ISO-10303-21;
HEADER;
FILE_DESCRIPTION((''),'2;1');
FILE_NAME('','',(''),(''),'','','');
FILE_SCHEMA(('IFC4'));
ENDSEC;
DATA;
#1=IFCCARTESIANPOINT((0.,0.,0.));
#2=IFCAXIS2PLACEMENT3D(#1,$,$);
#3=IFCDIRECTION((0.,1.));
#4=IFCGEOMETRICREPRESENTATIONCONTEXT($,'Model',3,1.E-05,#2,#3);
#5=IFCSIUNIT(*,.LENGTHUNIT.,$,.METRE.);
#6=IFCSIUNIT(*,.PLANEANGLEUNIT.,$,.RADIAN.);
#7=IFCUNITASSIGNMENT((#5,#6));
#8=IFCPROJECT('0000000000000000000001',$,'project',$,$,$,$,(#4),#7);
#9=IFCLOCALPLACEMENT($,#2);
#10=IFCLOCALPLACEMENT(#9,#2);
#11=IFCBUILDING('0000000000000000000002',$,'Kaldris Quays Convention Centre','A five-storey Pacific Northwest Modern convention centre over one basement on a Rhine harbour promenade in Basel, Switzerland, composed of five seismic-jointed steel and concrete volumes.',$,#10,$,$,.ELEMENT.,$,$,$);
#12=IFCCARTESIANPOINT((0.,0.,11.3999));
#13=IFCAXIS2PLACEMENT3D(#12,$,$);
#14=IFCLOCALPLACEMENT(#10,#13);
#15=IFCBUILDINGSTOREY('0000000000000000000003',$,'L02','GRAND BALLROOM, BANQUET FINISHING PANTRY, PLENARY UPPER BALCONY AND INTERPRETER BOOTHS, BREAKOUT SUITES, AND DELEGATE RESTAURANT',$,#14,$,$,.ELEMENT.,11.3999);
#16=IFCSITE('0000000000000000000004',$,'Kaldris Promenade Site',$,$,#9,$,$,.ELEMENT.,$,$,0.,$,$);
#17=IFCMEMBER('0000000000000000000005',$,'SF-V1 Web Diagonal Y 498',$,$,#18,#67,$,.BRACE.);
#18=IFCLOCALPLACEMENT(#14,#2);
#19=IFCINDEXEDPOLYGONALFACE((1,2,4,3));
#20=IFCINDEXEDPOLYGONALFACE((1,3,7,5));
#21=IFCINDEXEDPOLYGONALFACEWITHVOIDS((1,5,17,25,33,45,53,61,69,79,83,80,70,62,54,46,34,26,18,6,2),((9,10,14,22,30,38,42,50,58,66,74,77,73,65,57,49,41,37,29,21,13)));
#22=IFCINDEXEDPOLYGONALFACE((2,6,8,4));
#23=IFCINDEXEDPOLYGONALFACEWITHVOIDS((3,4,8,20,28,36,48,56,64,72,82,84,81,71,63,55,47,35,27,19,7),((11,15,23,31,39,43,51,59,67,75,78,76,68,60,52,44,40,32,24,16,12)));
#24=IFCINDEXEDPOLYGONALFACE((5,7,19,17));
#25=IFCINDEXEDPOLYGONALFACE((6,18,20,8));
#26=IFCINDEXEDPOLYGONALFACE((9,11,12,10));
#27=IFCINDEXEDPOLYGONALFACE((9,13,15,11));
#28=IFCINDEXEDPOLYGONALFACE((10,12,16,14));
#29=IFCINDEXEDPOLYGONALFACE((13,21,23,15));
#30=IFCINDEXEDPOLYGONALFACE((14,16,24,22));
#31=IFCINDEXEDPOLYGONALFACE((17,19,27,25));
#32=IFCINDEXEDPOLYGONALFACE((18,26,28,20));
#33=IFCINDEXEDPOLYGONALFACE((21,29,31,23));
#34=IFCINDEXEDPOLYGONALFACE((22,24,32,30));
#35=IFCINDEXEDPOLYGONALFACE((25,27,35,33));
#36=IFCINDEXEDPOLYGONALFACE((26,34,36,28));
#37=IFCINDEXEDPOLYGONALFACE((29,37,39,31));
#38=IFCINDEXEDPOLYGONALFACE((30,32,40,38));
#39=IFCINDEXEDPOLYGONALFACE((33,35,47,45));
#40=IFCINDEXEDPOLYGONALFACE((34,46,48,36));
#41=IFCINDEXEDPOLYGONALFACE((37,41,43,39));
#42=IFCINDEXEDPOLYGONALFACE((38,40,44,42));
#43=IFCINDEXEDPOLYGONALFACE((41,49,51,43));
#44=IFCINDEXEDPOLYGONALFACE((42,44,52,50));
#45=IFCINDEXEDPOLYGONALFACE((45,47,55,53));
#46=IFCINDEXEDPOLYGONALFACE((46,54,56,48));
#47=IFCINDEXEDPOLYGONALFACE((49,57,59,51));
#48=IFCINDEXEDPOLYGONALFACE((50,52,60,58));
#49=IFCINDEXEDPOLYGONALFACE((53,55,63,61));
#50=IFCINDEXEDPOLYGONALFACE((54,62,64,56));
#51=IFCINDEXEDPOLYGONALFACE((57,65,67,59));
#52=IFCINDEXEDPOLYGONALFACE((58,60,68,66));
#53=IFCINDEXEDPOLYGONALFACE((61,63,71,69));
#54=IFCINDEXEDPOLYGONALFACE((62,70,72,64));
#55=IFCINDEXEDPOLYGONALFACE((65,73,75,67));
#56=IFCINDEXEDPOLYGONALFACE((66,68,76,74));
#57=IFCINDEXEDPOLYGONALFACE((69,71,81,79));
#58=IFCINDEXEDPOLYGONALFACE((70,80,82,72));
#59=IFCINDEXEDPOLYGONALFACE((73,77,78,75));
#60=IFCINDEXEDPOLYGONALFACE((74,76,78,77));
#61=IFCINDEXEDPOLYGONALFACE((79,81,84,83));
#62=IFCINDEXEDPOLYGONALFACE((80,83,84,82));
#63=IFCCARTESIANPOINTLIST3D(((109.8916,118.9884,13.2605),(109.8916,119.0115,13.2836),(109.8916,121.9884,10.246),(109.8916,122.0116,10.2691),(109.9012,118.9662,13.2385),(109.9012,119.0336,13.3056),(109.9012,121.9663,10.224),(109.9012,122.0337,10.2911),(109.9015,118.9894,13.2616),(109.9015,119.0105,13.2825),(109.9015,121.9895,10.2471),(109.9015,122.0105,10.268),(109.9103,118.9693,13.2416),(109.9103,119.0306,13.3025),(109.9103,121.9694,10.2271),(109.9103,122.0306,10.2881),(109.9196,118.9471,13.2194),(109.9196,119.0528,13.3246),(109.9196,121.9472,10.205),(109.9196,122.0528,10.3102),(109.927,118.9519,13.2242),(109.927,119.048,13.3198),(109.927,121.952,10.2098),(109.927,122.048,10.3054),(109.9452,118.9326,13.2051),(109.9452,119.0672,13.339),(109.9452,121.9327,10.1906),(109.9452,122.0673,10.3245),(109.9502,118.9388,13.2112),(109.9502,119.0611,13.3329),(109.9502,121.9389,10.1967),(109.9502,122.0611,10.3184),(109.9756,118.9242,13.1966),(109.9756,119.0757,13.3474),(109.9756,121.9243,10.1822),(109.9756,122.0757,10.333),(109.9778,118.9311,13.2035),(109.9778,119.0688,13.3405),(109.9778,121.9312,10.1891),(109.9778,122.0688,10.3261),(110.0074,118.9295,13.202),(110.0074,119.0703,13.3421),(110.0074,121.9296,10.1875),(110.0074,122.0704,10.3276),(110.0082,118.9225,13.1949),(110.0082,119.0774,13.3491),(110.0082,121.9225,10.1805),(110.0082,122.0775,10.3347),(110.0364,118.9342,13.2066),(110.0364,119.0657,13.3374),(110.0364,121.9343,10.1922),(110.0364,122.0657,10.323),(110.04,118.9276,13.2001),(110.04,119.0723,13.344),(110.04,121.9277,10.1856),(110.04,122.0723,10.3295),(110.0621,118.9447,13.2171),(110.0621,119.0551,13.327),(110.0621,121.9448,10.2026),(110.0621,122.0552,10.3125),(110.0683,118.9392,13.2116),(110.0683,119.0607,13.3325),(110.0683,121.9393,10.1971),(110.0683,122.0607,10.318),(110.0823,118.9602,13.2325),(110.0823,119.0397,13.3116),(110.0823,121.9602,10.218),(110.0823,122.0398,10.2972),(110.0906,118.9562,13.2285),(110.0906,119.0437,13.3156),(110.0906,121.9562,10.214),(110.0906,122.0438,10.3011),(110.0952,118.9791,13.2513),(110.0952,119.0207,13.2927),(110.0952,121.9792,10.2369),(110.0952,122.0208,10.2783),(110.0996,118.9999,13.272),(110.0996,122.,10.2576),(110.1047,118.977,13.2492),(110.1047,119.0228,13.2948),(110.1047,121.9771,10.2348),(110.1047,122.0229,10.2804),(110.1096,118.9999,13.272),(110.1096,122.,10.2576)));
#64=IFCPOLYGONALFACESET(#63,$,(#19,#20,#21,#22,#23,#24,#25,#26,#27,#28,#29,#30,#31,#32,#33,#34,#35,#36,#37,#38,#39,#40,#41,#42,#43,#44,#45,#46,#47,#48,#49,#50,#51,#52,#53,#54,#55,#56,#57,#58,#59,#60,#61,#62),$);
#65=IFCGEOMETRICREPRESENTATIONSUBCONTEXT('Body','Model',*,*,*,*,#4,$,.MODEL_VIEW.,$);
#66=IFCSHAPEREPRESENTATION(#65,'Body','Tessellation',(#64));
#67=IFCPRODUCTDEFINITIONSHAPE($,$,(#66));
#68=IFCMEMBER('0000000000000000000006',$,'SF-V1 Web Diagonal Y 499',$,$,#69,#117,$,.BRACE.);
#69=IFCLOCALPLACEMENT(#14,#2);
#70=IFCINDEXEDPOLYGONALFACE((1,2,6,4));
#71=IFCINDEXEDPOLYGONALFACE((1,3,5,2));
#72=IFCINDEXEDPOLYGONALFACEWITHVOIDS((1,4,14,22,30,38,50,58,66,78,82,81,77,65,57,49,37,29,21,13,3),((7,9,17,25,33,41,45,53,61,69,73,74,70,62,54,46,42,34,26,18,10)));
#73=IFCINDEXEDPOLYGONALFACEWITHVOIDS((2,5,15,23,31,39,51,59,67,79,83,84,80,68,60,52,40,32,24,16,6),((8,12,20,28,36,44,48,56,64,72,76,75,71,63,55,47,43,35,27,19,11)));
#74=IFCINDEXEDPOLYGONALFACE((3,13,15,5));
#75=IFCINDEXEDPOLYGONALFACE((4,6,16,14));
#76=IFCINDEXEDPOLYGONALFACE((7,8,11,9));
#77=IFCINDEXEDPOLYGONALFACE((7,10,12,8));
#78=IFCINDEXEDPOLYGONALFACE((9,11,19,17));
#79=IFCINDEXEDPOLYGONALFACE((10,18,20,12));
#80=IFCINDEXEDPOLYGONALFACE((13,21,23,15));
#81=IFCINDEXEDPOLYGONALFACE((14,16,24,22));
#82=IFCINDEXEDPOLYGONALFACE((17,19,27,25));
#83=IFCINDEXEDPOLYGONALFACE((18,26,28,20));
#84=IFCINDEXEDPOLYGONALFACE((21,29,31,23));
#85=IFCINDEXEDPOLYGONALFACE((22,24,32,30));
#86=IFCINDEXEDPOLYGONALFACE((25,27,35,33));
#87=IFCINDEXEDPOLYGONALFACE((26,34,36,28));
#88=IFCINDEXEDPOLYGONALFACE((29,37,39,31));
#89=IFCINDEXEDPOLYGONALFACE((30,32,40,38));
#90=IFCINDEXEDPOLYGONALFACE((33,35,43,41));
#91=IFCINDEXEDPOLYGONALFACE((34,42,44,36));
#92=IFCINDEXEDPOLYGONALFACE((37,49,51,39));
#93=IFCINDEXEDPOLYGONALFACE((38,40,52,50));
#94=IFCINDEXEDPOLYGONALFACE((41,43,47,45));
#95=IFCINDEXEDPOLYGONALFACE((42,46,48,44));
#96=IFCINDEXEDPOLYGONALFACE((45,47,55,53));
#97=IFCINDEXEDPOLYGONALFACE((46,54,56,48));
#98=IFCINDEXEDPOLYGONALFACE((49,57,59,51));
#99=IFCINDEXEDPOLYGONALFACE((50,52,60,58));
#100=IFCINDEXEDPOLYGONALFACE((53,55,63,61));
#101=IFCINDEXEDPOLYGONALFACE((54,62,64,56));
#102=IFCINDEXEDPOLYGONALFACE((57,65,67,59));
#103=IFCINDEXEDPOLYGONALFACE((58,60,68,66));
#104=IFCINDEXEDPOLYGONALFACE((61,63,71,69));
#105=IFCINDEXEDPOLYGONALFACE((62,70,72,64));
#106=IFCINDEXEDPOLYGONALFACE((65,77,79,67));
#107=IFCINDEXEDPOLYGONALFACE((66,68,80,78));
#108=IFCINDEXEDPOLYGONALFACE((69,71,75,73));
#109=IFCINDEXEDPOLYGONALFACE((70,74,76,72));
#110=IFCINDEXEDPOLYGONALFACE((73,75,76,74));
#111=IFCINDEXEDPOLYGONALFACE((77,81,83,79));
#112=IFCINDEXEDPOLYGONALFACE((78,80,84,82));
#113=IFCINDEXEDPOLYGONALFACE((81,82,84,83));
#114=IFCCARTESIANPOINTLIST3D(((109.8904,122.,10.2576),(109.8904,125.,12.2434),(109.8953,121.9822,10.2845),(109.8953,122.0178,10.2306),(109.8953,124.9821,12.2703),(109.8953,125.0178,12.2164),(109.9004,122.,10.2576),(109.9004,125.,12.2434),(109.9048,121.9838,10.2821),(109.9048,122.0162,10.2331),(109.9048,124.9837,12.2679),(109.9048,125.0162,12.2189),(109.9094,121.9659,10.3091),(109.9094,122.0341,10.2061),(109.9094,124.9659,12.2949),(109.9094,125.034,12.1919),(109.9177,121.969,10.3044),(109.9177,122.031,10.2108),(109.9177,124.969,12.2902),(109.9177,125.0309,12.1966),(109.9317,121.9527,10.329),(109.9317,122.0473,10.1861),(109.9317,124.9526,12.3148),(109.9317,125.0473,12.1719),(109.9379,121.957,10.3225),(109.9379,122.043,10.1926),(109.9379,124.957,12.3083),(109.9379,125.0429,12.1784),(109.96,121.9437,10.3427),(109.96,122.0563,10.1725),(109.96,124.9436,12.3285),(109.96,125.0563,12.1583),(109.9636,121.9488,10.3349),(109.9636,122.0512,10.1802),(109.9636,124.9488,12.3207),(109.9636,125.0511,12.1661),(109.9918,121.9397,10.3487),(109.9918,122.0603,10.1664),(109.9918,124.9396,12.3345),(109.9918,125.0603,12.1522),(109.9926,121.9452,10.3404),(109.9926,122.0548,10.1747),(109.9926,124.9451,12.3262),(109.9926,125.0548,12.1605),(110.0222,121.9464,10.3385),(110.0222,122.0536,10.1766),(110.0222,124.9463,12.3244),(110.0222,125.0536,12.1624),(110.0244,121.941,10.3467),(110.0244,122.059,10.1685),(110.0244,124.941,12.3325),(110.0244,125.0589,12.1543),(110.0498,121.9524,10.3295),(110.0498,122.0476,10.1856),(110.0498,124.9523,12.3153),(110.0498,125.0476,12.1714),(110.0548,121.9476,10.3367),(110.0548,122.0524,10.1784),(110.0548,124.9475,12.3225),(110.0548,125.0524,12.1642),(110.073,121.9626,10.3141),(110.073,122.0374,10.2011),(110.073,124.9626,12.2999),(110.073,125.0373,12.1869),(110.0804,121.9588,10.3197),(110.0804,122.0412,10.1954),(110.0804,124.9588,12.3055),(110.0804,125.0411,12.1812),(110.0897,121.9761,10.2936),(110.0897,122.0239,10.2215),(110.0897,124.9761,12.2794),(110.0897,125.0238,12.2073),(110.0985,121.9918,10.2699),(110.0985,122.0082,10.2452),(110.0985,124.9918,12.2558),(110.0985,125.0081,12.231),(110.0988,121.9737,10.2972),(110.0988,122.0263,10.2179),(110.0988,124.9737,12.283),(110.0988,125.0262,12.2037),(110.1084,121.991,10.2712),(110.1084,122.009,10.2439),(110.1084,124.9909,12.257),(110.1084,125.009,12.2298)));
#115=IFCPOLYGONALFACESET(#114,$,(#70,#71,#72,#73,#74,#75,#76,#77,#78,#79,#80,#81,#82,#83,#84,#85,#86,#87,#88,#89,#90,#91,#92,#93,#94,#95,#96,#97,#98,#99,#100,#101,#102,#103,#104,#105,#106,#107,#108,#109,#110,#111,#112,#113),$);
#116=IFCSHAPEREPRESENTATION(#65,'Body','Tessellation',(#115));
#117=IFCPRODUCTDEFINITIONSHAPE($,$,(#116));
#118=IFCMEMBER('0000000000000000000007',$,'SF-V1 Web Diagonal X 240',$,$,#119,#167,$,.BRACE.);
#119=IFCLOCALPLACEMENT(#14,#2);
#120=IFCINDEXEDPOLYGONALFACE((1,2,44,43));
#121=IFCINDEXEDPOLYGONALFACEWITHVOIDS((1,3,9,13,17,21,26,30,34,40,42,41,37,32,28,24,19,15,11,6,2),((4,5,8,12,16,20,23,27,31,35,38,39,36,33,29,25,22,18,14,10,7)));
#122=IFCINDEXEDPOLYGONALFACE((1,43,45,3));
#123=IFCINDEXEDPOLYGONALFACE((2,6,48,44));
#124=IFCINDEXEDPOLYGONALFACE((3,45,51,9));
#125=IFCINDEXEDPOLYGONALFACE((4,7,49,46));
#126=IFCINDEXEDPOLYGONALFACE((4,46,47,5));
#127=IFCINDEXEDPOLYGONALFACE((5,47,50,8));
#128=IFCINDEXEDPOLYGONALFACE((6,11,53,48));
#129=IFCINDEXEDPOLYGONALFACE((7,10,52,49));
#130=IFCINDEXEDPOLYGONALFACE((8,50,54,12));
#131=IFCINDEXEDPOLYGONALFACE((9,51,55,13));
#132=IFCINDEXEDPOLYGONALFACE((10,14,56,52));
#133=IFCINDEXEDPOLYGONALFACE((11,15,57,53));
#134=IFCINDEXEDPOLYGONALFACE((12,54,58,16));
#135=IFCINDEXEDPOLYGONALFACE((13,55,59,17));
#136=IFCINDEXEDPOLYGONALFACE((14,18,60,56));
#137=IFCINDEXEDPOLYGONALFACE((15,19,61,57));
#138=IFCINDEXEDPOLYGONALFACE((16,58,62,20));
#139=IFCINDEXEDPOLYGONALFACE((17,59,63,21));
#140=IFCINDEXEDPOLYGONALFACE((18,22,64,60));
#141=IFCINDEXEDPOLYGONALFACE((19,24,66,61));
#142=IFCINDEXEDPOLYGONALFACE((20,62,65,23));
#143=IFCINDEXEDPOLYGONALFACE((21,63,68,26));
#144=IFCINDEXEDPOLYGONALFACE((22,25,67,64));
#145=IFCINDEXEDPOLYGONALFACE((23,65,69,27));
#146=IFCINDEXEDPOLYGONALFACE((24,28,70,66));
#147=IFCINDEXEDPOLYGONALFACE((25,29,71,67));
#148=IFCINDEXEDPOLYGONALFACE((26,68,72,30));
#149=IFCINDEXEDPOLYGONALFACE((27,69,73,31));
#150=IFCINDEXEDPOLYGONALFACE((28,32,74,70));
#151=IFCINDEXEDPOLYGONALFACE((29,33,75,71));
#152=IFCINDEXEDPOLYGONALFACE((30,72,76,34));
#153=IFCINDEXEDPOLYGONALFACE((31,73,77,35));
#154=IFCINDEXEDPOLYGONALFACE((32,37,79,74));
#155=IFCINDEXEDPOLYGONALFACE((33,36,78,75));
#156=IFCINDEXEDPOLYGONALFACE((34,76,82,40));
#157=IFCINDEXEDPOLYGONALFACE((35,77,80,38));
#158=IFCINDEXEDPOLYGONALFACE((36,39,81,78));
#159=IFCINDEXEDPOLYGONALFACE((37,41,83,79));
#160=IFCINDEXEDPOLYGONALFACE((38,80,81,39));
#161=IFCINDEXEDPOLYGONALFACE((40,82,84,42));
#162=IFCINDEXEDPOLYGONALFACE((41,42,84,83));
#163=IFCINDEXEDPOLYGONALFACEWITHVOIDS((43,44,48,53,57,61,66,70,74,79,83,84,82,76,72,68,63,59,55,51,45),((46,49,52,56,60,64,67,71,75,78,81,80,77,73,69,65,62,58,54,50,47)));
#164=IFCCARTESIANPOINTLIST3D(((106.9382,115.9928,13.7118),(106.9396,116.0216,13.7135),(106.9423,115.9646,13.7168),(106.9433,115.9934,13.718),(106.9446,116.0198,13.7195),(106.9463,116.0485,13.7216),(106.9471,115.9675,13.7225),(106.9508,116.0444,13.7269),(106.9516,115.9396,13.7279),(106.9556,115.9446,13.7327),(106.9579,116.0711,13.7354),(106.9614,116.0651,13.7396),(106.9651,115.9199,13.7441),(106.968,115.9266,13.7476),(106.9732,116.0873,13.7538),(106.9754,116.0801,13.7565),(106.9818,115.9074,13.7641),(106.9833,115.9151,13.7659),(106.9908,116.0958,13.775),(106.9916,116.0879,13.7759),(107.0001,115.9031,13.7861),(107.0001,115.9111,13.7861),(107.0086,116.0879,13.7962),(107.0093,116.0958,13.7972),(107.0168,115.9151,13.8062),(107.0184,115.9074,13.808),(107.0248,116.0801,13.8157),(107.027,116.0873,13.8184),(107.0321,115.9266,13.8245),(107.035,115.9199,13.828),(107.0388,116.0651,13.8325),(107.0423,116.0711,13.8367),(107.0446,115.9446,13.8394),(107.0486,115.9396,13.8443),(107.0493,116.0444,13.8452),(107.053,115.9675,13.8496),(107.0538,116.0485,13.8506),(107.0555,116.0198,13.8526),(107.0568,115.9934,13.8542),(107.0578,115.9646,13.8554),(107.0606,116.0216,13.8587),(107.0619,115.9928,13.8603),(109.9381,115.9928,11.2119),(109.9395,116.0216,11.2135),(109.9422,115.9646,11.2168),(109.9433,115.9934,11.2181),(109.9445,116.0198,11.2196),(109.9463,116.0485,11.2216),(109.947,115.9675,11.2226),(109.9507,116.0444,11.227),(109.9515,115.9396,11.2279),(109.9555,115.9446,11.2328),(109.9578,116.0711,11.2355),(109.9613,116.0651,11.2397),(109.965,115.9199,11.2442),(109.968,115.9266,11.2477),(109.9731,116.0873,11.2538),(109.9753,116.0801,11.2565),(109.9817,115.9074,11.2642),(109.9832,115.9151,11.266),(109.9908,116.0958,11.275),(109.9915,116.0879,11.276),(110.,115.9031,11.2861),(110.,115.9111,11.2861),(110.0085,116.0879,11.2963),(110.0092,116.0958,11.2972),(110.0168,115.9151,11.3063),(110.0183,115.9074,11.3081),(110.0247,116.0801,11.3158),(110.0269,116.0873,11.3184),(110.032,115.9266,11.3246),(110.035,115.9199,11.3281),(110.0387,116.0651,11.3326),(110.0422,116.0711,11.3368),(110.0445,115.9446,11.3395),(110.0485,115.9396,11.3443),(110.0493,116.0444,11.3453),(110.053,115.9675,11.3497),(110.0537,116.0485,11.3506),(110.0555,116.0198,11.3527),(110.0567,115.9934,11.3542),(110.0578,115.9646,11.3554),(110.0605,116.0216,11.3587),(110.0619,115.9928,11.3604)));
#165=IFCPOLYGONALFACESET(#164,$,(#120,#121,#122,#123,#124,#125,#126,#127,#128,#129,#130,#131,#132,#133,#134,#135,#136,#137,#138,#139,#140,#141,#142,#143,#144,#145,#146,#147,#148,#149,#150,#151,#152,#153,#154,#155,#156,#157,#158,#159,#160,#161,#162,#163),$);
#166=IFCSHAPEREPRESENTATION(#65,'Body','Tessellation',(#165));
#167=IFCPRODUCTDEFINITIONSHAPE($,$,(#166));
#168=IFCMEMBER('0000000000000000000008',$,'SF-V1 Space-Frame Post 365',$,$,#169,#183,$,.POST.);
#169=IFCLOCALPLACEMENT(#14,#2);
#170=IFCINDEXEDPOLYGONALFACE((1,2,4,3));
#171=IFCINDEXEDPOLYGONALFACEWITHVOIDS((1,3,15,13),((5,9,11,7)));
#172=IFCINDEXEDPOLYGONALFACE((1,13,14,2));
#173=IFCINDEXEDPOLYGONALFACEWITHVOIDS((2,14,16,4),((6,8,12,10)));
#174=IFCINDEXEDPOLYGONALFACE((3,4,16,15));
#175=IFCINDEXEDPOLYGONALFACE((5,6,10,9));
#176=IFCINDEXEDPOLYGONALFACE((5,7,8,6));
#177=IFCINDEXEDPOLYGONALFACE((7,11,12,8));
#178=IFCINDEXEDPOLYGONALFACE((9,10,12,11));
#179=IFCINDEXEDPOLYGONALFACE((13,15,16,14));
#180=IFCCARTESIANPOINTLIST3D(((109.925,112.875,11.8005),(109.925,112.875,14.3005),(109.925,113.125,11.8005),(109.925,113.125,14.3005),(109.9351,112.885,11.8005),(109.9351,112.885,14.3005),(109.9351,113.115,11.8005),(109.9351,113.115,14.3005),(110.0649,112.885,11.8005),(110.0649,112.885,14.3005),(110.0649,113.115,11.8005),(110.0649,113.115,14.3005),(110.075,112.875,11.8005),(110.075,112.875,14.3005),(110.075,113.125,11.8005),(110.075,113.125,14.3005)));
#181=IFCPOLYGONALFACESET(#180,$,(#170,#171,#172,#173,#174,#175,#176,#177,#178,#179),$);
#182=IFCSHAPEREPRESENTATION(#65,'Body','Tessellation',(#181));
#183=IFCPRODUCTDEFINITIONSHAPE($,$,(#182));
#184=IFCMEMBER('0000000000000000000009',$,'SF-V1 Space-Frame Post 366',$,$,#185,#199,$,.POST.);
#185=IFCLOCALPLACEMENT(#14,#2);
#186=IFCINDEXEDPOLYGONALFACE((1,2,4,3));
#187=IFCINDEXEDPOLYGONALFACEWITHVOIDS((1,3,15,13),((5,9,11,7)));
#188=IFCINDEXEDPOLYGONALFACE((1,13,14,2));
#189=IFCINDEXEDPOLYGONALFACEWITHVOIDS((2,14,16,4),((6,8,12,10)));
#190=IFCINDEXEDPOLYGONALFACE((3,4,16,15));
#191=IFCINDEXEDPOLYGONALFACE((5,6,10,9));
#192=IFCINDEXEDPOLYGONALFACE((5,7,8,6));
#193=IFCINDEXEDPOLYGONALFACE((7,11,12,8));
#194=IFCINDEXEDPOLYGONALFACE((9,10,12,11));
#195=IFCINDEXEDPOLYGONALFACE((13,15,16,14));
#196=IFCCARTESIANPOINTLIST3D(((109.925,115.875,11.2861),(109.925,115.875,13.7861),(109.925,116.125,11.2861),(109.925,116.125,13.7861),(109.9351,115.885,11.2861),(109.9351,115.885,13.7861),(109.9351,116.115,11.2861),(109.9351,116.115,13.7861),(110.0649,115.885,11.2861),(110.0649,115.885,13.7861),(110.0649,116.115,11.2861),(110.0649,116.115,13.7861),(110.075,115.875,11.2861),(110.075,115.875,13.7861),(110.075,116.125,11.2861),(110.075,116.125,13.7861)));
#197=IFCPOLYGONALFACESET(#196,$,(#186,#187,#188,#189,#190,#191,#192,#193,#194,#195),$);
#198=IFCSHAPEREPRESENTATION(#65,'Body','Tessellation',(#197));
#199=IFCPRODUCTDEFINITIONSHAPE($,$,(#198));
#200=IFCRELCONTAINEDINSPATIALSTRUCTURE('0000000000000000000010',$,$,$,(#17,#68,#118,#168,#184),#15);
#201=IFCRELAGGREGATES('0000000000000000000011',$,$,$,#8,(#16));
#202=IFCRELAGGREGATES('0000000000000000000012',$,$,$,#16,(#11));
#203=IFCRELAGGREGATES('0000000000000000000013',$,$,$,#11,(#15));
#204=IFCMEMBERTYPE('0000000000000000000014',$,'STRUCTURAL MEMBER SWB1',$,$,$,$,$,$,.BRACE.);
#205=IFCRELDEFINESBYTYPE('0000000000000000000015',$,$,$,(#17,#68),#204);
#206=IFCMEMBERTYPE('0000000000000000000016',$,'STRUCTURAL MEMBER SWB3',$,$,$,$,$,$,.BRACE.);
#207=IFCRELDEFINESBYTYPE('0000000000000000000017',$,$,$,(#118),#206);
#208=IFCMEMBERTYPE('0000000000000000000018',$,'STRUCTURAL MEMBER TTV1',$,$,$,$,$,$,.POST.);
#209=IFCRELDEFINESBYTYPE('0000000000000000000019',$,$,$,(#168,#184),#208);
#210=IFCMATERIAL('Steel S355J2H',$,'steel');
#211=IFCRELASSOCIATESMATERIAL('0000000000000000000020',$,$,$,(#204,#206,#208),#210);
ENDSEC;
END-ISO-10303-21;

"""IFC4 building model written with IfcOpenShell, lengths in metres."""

from ifc_helpers import new_model, si_unit, direction, frame, origin, origin_2d, place, context, subcontext, project, spatial, hollow_rectangle, hollow_circle, extrude, material, material_profile, profile_set, type_object, element, save


model = new_model("IFC4")

# Units and contexts
model_context = context("Model", 3, precision=1e-05, world=origin(), true_north=direction((0.0, 1.0)))
body_context = subcontext(model_context, "Body", "Model", "MODEL_VIEW")
ifc_project = project(units=[si_unit("LENGTHUNIT", "METRE"), si_unit("PLANEANGLEUNIT", "RADIAN")], contexts=[model_context])

# Site, building, storey
site_placement = place(None, origin())
site = spatial("IfcSite", under=ifc_project, at=site_placement, Name="Kaldris Promenade Site", CompositionType="ELEMENT", RefElevation=0.0)
building_placement = place(site_placement, origin())
building = spatial("IfcBuilding", under=site, at=building_placement, Name="Kaldris Quays Convention Centre", Description="A five-storey Pacific Northwest Modern convention centre over one basement on a Rhine harbour promenade in Basel, Switzerland, composed of five seismic-jointed steel and concrete volumes.", CompositionType="ELEMENT")
storey_placement = place(building_placement, frame((0.0, 0.0, 11.3999)))
storey = spatial("IfcBuildingStorey", under=building, at=storey_placement, Name="L02", Description="GRAND BALLROOM, BANQUET FINISHING PANTRY, PLENARY UPPER BALCONY AND INTERPRETER BOOTHS, BREAKOUT SUITES, AND DELEGATE RESTAURANT", CompositionType="ELEMENT", Elevation=11.3999)

# Members
ifc_material_1 = material(Name="Steel S355J2H", Category="steel")
ifc_material_profile_1 = material_profile(ifc_material_1, hollow_circle(Radius=0.1096, WallThickness=0.01, at=origin_2d()), Name="CHS 219.1x10")
ifc_profile_set_1 = profile_set([ifc_material_profile_1], Name="Steel S355J2H")
member_type_1 = type_object("IfcMemberType", Name="STRUCTURAL MEMBER SWB1", PredefinedType="BRACE", material=ifc_profile_set_1)
member_1_placement = place(storey_placement, frame((110.0, 122.0, 10.2576), z_axis=(0.0, -0.705411, 0.708798), x_axis=(1.0, 0.0, 0.0)))
element("IfcMember", 1, at=member_1_placement, inside=storey, type_object=member_type_1, Name="SF-V1 Web Diagonal Y 498", PredefinedType="BRACE", context=body_context, shape_type="SweptSolid", body=[
    extrude(hollow_circle(Radius=0.1096, WallThickness=0.01, at=origin_2d()), origin(), (0.0, 0.0, 1.0), 4.2529),
])
member_2_placement = place(storey_placement, frame((110.0, 122.0, 10.2576), z_axis=(0.0, 0.833862, 0.551972), x_axis=(-1.0, 0.0, 0.0)))
element("IfcMember", 2, at=member_2_placement, inside=storey, type_object=member_type_1, Name="SF-V1 Web Diagonal Y 499", PredefinedType="BRACE", context=body_context, shape_type="SweptSolid", body=[
    extrude(hollow_circle(Radius=0.1096, WallThickness=0.01, at=origin_2d()), origin(), (0.0, 0.0, 1.0), 3.5977),
])
ifc_material_profile_2 = material_profile(ifc_material_1, hollow_circle(Radius=0.0969, WallThickness=0.0081, at=origin_2d()), Name="CHS 193.7x8")
ifc_profile_set_2 = profile_set([ifc_material_profile_2], Name="Steel S355J2H")
member_type_2 = type_object("IfcMemberType", Name="STRUCTURAL MEMBER SWB3", PredefinedType="BRACE", material=ifc_profile_set_2)
member_3_placement = place(storey_placement, frame((110.0, 116.0, 11.2861), z_axis=(-0.768221, 0.0, 0.640184), x_axis=(0.0, -1.0, 0.0)))
element("IfcMember", 3, at=member_3_placement, inside=storey, type_object=member_type_2, Name="SF-V1 Web Diagonal X 240", PredefinedType="BRACE", context=body_context, shape_type="SweptSolid", body=[
    extrude(hollow_circle(Radius=0.0969, WallThickness=0.0081, at=origin_2d()), origin(), (0.0, 0.0, 1.0), 3.905),
])
ifc_material_profile_3 = material_profile(ifc_material_1, hollow_rectangle(XDim=0.1499, YDim=0.25, WallThickness=0.01, at=origin_2d()), Name="RHS 250x150x10")
ifc_profile_set_3 = profile_set([ifc_material_profile_3], Name="Steel S355J2H")
member_type_3 = type_object("IfcMemberType", Name="STRUCTURAL MEMBER TTV1", PredefinedType="POST", material=ifc_profile_set_3)
for number, where, z_axis, x_axis, name in (
    (4, (110.0, 113.0, 11.8005), (0.0, 0.0, 1.0), (1.0, 0.0, 0.0), "SF-V1 Space-Frame Post 365"),
    (5, (110.0, 116.0, 11.2861), (0.0, 0.0, 1.0), (1.0, 0.0, 0.0), "SF-V1 Space-Frame Post 366"),
):
    element("IfcMember", number, at=place(storey_placement, frame(where, z_axis=z_axis, x_axis=x_axis)), inside=storey, type_object=member_type_3, Name=name, PredefinedType="POST", context=body_context, shape_type="SweptSolid", body=[
        extrude(hollow_rectangle(XDim=0.1499, YDim=0.25, WallThickness=0.01, at=origin_2d()), origin(), (0.0, 0.0, 1.0), 2.5),
    ])

save(model, "model.ifc")
